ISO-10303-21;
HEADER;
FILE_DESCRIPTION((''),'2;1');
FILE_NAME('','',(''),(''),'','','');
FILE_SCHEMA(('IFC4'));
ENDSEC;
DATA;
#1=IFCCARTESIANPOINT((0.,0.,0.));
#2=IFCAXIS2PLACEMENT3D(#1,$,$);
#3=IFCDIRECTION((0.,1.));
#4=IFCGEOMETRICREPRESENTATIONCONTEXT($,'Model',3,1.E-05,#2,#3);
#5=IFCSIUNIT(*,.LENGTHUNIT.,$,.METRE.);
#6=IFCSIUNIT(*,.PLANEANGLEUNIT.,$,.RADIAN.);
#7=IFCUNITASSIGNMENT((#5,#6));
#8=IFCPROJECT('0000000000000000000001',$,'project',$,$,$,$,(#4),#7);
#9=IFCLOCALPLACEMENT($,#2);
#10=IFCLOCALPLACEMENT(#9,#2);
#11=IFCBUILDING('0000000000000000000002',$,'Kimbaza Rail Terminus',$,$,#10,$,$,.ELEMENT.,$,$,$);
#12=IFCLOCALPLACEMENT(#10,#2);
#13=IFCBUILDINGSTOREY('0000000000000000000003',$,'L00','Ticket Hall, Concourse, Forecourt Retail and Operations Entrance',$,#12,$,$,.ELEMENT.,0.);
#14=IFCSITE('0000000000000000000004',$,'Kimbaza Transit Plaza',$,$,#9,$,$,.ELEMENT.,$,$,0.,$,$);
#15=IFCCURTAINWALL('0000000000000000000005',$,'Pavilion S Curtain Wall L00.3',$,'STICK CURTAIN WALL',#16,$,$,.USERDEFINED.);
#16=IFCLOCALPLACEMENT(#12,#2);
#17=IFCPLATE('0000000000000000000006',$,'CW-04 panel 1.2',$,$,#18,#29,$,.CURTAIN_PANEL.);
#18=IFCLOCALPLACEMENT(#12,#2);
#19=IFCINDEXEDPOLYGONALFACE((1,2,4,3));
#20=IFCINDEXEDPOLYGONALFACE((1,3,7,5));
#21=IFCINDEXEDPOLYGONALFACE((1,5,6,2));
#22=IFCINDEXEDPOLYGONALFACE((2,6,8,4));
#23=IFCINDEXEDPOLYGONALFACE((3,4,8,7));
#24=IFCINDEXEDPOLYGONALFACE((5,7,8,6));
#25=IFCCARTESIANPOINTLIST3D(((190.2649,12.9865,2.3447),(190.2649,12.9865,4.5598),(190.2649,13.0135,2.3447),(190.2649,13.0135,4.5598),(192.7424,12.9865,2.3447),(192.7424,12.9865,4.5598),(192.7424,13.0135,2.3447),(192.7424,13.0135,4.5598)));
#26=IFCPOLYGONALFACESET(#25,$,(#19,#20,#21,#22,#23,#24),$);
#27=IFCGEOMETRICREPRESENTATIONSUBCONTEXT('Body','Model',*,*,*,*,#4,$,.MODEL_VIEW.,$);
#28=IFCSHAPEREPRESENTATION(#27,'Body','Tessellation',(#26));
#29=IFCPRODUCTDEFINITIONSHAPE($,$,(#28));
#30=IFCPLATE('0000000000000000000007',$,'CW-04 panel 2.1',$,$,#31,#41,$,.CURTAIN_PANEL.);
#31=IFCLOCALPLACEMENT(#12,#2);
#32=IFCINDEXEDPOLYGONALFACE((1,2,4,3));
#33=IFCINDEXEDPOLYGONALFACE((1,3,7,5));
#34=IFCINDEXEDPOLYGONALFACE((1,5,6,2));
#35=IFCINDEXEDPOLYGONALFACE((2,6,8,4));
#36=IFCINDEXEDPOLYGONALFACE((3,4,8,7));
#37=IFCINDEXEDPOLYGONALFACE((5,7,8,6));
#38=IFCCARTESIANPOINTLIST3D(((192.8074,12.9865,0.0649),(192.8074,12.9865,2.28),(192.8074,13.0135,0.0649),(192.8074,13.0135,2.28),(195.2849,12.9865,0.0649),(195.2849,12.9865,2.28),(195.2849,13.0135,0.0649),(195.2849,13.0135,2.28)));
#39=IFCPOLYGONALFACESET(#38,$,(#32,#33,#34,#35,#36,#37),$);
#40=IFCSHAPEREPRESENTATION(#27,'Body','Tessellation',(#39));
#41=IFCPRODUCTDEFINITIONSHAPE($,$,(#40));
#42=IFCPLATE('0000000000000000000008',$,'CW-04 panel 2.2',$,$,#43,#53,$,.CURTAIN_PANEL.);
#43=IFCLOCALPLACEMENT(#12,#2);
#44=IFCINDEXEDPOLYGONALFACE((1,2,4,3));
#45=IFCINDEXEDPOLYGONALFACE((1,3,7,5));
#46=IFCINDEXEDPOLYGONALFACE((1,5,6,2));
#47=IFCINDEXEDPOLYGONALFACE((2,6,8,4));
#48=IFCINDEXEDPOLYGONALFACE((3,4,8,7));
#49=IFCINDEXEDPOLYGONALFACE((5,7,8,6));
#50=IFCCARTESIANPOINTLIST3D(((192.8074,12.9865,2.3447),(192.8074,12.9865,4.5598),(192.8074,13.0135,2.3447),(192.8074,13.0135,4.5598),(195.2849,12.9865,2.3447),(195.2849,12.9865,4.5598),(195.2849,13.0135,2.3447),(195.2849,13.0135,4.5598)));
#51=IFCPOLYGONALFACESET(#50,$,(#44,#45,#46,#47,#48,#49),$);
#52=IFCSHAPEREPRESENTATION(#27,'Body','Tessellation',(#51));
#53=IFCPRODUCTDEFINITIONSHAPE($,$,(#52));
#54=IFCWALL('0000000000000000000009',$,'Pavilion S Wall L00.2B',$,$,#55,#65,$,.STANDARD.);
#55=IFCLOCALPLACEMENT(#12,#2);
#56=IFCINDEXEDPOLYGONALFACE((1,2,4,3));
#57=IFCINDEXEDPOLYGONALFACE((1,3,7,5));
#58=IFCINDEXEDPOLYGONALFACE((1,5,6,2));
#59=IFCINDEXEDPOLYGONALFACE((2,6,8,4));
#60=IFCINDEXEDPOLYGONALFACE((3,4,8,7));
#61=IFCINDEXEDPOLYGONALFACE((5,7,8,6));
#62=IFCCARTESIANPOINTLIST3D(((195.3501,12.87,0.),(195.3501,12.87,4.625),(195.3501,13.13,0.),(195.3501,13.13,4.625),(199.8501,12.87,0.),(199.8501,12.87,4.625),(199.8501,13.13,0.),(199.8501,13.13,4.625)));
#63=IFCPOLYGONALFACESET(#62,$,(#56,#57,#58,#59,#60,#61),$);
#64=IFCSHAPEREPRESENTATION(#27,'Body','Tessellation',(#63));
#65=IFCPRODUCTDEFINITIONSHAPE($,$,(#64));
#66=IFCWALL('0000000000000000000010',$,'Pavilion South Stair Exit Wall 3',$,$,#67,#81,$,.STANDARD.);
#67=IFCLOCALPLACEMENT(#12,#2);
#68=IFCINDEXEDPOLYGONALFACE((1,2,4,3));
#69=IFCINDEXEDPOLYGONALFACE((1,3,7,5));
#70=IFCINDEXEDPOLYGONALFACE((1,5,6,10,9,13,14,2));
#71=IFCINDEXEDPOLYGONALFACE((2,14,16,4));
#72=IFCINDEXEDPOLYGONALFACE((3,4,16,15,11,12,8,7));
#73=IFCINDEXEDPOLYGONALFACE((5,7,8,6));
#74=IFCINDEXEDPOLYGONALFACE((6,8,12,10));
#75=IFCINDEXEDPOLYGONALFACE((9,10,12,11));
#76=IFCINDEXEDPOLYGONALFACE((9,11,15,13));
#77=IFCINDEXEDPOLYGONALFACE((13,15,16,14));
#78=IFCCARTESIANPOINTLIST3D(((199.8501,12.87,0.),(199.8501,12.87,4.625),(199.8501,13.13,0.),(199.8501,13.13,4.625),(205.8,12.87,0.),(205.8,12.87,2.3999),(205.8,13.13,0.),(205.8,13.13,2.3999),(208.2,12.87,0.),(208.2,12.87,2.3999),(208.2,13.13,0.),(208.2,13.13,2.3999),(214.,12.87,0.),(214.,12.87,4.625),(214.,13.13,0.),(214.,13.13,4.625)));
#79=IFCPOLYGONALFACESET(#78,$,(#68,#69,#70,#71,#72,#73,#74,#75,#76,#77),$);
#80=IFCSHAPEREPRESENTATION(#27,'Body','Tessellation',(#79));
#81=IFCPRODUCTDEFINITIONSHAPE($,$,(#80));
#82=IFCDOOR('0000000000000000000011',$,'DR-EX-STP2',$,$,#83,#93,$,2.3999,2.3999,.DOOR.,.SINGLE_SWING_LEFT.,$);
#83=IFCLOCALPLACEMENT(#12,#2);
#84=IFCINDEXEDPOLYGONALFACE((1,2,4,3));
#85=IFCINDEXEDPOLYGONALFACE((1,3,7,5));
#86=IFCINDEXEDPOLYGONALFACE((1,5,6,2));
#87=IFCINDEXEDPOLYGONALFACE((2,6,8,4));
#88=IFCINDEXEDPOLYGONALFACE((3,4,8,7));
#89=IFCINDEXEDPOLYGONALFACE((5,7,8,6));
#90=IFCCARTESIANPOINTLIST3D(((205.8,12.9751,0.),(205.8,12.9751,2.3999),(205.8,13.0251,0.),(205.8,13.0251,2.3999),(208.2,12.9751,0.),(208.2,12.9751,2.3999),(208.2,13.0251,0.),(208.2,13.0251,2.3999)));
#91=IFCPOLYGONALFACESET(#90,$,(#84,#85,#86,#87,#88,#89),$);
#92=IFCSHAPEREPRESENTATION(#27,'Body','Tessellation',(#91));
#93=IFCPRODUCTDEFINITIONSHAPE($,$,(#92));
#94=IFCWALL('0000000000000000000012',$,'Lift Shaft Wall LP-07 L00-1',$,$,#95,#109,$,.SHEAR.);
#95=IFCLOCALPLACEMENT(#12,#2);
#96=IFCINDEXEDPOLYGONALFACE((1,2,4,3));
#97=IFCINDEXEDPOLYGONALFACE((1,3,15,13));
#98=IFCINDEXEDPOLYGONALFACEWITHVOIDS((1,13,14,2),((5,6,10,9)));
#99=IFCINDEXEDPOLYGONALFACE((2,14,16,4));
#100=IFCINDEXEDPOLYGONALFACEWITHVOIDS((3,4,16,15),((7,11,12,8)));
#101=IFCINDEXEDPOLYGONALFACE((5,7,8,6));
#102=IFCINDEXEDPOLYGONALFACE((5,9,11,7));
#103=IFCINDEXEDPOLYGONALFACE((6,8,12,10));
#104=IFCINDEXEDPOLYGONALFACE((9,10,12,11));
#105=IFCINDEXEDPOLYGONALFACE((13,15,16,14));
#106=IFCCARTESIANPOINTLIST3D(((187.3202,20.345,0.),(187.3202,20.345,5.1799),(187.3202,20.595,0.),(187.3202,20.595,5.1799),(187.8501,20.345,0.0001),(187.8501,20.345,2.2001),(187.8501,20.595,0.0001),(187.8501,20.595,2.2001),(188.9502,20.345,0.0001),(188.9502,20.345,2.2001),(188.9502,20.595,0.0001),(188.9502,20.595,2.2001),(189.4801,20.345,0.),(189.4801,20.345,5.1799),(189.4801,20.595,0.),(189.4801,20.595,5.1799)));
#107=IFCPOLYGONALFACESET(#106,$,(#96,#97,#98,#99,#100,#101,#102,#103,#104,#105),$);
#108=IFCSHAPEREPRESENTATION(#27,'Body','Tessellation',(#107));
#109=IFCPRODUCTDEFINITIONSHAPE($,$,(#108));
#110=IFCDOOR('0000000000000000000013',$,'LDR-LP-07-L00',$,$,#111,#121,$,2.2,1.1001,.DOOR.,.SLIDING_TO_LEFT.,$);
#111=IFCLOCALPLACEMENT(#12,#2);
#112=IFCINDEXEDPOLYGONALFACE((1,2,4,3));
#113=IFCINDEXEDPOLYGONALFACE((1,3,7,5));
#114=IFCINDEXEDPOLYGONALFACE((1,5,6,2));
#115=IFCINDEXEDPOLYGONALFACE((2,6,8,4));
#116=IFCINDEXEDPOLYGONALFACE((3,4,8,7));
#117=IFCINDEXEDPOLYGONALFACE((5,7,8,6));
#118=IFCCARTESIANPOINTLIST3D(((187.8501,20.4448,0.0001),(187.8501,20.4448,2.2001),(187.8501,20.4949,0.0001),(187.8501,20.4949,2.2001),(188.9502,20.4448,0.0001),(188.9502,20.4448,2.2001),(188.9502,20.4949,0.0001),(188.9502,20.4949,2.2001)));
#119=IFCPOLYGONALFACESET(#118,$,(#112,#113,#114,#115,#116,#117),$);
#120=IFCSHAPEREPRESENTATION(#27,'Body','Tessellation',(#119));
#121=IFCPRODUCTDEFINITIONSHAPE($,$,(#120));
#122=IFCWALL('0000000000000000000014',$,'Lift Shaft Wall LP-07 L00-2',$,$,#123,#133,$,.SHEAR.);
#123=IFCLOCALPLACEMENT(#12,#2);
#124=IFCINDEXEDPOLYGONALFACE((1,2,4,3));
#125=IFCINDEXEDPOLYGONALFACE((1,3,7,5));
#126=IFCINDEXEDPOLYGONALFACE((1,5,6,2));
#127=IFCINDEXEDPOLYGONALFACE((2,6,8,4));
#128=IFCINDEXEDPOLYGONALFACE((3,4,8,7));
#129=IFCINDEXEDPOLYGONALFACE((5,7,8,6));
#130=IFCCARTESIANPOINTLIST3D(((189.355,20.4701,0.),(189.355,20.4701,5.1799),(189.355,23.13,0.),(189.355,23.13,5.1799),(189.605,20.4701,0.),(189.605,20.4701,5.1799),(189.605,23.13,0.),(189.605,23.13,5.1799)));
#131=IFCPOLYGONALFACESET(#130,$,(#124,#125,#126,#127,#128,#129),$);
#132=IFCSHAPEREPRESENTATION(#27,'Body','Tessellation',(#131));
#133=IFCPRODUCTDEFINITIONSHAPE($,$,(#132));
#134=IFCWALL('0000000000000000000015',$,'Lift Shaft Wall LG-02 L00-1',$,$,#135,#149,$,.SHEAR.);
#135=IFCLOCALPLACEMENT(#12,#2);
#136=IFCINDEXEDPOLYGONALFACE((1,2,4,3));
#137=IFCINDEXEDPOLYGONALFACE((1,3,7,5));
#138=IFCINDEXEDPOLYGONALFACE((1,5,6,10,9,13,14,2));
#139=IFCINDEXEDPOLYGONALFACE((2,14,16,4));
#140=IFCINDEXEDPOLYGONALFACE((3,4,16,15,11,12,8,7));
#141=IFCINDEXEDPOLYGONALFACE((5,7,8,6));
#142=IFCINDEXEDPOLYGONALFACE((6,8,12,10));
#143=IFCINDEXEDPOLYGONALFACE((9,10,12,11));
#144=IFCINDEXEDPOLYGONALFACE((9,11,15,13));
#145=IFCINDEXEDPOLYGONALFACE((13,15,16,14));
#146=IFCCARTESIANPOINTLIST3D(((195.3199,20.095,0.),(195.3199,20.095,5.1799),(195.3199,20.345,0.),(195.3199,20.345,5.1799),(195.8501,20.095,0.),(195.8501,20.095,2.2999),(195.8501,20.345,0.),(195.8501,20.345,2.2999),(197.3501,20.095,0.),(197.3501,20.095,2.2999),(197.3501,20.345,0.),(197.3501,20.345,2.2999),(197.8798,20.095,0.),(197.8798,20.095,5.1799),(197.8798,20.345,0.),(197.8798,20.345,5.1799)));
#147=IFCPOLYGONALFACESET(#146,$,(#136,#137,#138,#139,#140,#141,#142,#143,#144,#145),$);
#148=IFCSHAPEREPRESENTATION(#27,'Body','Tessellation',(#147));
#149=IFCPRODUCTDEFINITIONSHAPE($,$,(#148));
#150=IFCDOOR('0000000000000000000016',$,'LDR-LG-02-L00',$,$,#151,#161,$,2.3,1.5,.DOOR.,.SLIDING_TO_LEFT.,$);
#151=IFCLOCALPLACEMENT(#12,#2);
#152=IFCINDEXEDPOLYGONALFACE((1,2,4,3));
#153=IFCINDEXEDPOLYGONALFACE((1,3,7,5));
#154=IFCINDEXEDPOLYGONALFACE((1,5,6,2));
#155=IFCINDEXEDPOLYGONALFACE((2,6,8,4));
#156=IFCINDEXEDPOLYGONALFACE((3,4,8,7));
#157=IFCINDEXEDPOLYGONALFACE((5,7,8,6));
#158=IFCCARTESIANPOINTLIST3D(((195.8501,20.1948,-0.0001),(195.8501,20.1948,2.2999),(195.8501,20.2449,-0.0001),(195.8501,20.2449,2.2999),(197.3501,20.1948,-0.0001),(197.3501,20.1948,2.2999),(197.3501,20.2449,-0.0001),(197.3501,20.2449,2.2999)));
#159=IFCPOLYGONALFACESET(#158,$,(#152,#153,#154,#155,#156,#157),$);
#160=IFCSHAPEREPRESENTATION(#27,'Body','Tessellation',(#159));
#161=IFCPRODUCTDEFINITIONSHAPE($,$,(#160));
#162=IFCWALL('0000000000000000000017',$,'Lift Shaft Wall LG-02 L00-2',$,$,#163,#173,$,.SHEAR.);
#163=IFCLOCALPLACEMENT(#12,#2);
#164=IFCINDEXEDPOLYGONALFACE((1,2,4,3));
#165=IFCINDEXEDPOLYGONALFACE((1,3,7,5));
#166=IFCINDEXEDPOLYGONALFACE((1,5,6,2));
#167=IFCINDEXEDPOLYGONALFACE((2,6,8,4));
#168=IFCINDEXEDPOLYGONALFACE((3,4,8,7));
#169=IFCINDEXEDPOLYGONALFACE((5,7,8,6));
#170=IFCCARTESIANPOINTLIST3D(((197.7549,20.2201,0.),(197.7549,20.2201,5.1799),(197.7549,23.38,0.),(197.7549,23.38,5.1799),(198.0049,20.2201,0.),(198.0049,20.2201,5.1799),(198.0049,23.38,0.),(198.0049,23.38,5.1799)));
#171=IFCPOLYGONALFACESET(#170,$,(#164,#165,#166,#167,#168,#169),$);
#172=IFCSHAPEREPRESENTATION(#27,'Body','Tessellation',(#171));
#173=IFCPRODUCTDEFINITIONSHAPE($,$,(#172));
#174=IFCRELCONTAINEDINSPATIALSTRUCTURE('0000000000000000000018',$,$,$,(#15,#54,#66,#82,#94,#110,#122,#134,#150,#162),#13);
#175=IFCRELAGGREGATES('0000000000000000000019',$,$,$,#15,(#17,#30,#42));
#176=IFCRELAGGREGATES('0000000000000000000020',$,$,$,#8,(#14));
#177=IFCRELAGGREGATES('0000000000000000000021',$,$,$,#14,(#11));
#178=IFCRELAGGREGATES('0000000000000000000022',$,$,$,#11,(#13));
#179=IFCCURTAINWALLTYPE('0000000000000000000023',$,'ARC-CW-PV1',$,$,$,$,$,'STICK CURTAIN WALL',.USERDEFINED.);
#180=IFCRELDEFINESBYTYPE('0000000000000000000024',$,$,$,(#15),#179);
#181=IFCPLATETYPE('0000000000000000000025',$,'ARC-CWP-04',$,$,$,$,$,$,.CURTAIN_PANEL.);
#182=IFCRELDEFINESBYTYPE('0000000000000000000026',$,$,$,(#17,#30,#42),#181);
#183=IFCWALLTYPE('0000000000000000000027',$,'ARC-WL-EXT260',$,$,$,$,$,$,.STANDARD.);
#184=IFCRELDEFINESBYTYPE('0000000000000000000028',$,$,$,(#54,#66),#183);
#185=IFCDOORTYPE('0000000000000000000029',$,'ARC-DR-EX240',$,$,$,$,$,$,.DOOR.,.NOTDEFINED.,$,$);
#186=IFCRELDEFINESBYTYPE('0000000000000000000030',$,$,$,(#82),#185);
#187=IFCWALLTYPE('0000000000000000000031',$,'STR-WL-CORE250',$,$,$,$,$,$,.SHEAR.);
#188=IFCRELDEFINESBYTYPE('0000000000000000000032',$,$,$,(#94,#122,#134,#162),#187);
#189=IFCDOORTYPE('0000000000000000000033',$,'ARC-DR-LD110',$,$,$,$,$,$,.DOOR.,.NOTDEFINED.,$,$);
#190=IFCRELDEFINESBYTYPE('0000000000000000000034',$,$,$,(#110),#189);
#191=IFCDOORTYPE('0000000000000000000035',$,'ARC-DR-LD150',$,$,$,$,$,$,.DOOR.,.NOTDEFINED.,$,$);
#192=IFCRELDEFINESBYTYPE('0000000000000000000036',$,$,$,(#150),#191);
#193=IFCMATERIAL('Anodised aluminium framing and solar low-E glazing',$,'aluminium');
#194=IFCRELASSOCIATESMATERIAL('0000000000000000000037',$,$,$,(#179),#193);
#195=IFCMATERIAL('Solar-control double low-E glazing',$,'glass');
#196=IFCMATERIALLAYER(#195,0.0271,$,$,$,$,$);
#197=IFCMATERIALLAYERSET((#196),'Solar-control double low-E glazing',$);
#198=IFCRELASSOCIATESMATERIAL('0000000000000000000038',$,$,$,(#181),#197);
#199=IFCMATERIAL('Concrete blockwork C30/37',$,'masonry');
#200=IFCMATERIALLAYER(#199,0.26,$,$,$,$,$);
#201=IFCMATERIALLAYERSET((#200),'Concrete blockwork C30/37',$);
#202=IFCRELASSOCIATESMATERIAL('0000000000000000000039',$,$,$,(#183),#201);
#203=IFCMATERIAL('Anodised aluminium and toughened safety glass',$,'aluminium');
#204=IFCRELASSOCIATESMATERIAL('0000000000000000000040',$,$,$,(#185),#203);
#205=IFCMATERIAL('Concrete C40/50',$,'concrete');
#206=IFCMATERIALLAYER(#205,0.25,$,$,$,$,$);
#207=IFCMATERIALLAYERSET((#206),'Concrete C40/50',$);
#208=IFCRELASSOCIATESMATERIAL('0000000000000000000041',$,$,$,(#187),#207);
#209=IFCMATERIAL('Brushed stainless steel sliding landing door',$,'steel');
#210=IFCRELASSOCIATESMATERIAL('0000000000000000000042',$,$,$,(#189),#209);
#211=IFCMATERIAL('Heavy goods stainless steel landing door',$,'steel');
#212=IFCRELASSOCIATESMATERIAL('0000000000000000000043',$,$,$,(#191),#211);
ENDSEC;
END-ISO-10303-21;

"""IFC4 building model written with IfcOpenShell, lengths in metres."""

from ifc_helpers import new_model, si_unit, direction, frame, frame_2d, origin, origin_2d, place, context, subcontext, project, spatial, rectangle, extrude, material, layer, layer_set, type_object, element, fill, aggregate, save


model = new_model("IFC4")

# Units and contexts
model_context = context("Model", 3, precision=1e-05, world=origin(), true_north=direction((0.0, 1.0)))
body_context = subcontext(model_context, "Body", "Model", "MODEL_VIEW")
ifc_project = project(units=[si_unit("LENGTHUNIT", "METRE"), si_unit("PLANEANGLEUNIT", "RADIAN")], contexts=[model_context])

# Site, building, storey
site_placement = place(None, origin())
site = spatial("IfcSite", under=ifc_project, at=site_placement, Name="Kimbaza Transit Plaza", CompositionType="ELEMENT", RefElevation=0.0)
building_placement = place(site_placement, origin())
building = spatial("IfcBuilding", under=site, at=building_placement, Name="Kimbaza Rail Terminus", CompositionType="ELEMENT")
storey_placement = place(building_placement, origin())
storey = spatial("IfcBuildingStorey", under=building, at=storey_placement, Name="L00", Description="Ticket Hall, Concourse, Forecourt Retail and Operations Entrance", CompositionType="ELEMENT", Elevation=0.0)

# Curtain wall, plates
ifc_material_1 = material(Name="Anodised aluminium framing and solar low-E glazing", Category="aluminium")
curtain_wall_type = type_object("IfcCurtainWallType", Name="ARC-CW-PV1", ElementType="STICK CURTAIN WALL", PredefinedType="USERDEFINED", material=ifc_material_1)
curtain_wall_placement = place(storey_placement, origin())
curtain_wall = element("IfcCurtainWall", 1, at=curtain_wall_placement, inside=storey, type_object=curtain_wall_type, Name="Pavilion S Curtain Wall L00.3", ObjectType="STICK CURTAIN WALL", PredefinedType="USERDEFINED")
ifc_material_2 = material(Name="Solar-control double low-E glazing", Category="glass")
ifc_layer_1 = layer(ifc_material_2, 0.0271)
ifc_layer_set_1 = layer_set([ifc_layer_1], Name="Solar-control double low-E glazing")
plate_type = type_object("IfcPlateType", Name="ARC-CWP-04", PredefinedType="CURTAIN_PANEL", material=ifc_layer_set_1)
plate_1_placement = place(storey_placement, frame((191.5037, 13.0, 2.3447), z_axis=(0.0, 0.0, 1.0), x_axis=(1.0, 0.0, 0.0)))
plate_1 = element("IfcPlate", 2, at=plate_1_placement, type_object=plate_type, Name="CW-04 panel 1.2", PredefinedType="CURTAIN_PANEL", context=body_context, shape_type="SweptSolid", body=[
    extrude(rectangle(XDim=2.4775, YDim=0.0271, at=origin_2d()), origin(), (0.0, 0.0, 1.0), 2.2151),
])
plate_2_placement = place(storey_placement, frame((194.0461, 13.0, 0.0649), z_axis=(0.0, 0.0, 1.0), x_axis=(1.0, 0.0, 0.0)))
plate_2 = element("IfcPlate", 3, at=plate_2_placement, type_object=plate_type, Name="CW-04 panel 2.1", PredefinedType="CURTAIN_PANEL", context=body_context, shape_type="SweptSolid", body=[
    extrude(rectangle(XDim=2.4775, YDim=0.0271, at=origin_2d()), origin(), (0.0, 0.0, 1.0), 2.2151),
])
plate_3_placement = place(storey_placement, frame((194.0461, 13.0, 2.3447), z_axis=(0.0, 0.0, 1.0), x_axis=(1.0, 0.0, 0.0)))
plate_3 = element("IfcPlate", 4, at=plate_3_placement, type_object=plate_type, Name="CW-04 panel 2.2", PredefinedType="CURTAIN_PANEL", context=body_context, shape_type="SweptSolid", body=[
    extrude(rectangle(XDim=2.4775, YDim=0.0271, at=origin_2d()), origin(), (0.0, 0.0, 1.0), 2.2151),
])
aggregate(curtain_wall, [plate_1, plate_2, plate_3])

# Wall
ifc_material_3 = material(Name="Concrete blockwork C30/37", Category="masonry")
ifc_layer_2 = layer(ifc_material_3, 0.26)
ifc_layer_set_2 = layer_set([ifc_layer_2], Name="Concrete blockwork C30/37")
wall_type_1 = type_object("IfcWallType", Name="ARC-WL-EXT260", PredefinedType="STANDARD", material=ifc_layer_set_2)
wall_1_placement = place(storey_placement, frame((195.3501, 13.0, 0.0), z_axis=(0.0, 0.0, 1.0), x_axis=(1.0, 0.0, 0.0)))
element("IfcWall", 5, at=wall_1_placement, inside=storey, type_object=wall_type_1, Name="Pavilion S Wall L00.2B", PredefinedType="STANDARD", context=body_context, shape_type="SweptSolid", body=[
    extrude(rectangle(XDim=4.5, YDim=0.26, at=frame_2d((2.25, 0.0))), origin(), (0.0, 0.0, 1.0), 4.625),
])

# Walls, openings, doors
wall_2_placement = place(storey_placement, frame((199.8501, 13.0, 0.0), z_axis=(0.0, 0.0, 1.0), x_axis=(1.0, 0.0, 0.0)))
wall_2 = element("IfcWall", 6, at=wall_2_placement, inside=storey, type_object=wall_type_1, Name="Pavilion South Stair Exit Wall 3", PredefinedType="STANDARD", context=body_context, shape_type="SweptSolid", body=[
    extrude(rectangle(XDim=14.1499, YDim=0.26, at=frame_2d((7.075, 0.0))), origin(), (0.0, 0.0, 1.0), 4.625),
])
opening_1_placement = place(wall_2_placement, frame((8.3499, 0.0, 0.0), z_axis=(0.0, 0.0, 1.0), x_axis=(-1.0, 0.0, 0.0)))
opening_1 = element("IfcOpeningElement", 7, at=opening_1_placement, cuts=wall_2, PredefinedType="OPENING", context=body_context, shape_type="SweptSolid", body=[
    extrude(rectangle(XDim=2.3999, YDim=2.3999, at=frame_2d((1.2, 1.2))), frame((0.0, 0.1399, 0.0), z_axis=(0.0, -1.0, 0.0), x_axis=(1.0, 0.0, 0.0)), (0.0, 0.0, 1.0), 0.28),
])
ifc_material_4 = material(Name="Anodised aluminium and toughened safety glass", Category="aluminium")
door_type_1 = type_object("IfcDoorType", Name="ARC-DR-EX240", OperationType="NOTDEFINED", PredefinedType="DOOR", material=ifc_material_4)
door_1_placement = place(opening_1_placement, origin())
door_1 = element("IfcDoor", 8, at=door_1_placement, inside=storey, type_object=door_type_1, Name="DR-EX-STP2", OperationType="SINGLE_SWING_LEFT", OverallHeight=2.3999, OverallWidth=2.3999, PredefinedType="DOOR", context=body_context, shape_type="SweptSolid", body=[
    extrude(rectangle(XDim=2.3999, YDim=2.3999, at=frame_2d((1.2, 1.2))), frame((0.0, 0.0249, 0.0), z_axis=(0.0, -1.0, 0.0), x_axis=(1.0, 0.0, 0.0)), (0.0, 0.0, 1.0), 0.05),
])
fill(opening_1, door_1)
ifc_material_5 = material(Name="Concrete C40/50", Category="concrete")
ifc_layer_3 = layer(ifc_material_5, 0.25)
ifc_layer_set_3 = layer_set([ifc_layer_3], Name="Concrete C40/50")
wall_type_2 = type_object("IfcWallType", Name="STR-WL-CORE250", PredefinedType="SHEAR", material=ifc_layer_set_3)
wall_3_placement = place(storey_placement, frame((187.3201, 20.47, 0.0), z_axis=(0.0, 0.0, 1.0), x_axis=(1.0, 0.0, 0.0)))
wall_3 = element("IfcWall", 9, at=wall_3_placement, inside=storey, type_object=wall_type_2, Name="Lift Shaft Wall LP-07 L00-1", PredefinedType="SHEAR", context=body_context, shape_type="SweptSolid", body=[
    extrude(rectangle(XDim=2.1599, YDim=0.25, at=frame_2d((1.0801, 0.0))), origin(), (0.0, 0.0, 1.0), 5.1799),
])
opening_2_placement = place(wall_3_placement, frame((0.53, 0.0, 0.0)))
opening_2 = element("IfcOpeningElement", 10, at=opening_2_placement, cuts=wall_3, PredefinedType="OPENING", context=body_context, shape_type="SweptSolid", body=[
    extrude(rectangle(XDim=1.1001, YDim=2.2, at=frame_2d((0.55, 1.1001))), frame((0.0, 0.135, 0.0), z_axis=(0.0, -1.0, 0.0), x_axis=(1.0, 0.0, 0.0)), (0.0, 0.0, 1.0), 0.27),
])
ifc_material_6 = material(Name="Brushed stainless steel sliding landing door", Category="steel")
door_type_2 = type_object("IfcDoorType", Name="ARC-DR-LD110", OperationType="NOTDEFINED", PredefinedType="DOOR", material=ifc_material_6)
door_2_placement = place(opening_2_placement, origin())
door_2 = element("IfcDoor", 11, at=door_2_placement, inside=storey, type_object=door_type_2, Name="LDR-LP-07-L00", OperationType="SLIDING_TO_LEFT", OverallHeight=2.2, OverallWidth=1.1001, PredefinedType="DOOR", context=body_context, shape_type="SweptSolid", body=[
    extrude(rectangle(XDim=1.1001, YDim=2.2, at=frame_2d((0.55, 1.1001))), frame((0.0, 0.0249, 0.0), z_axis=(0.0, -1.0, 0.0), x_axis=(1.0, 0.0, 0.0)), (0.0, 0.0, 1.0), 0.05),
])
fill(opening_2, door_2)

# Wall
wall_4_placement = place(storey_placement, frame((189.48, 20.47, 0.0), z_axis=(0.0, 0.0, 1.0), x_axis=(0.0, 1.0, 0.0)))
element("IfcWall", 12, at=wall_4_placement, inside=storey, type_object=wall_type_2, Name="Lift Shaft Wall LP-07 L00-2", PredefinedType="SHEAR", context=body_context, shape_type="SweptSolid", body=[
    extrude(rectangle(XDim=2.6599, YDim=0.25, at=frame_2d((1.3301, 0.0))), origin(), (0.0, 0.0, 1.0), 5.1799),
])

# Wall, opening, door
wall_5_placement = place(storey_placement, frame((195.3201, 20.22, 0.0), z_axis=(0.0, 0.0, 1.0), x_axis=(1.0, 0.0, 0.0)))
wall_5 = element("IfcWall", 13, at=wall_5_placement, inside=storey, type_object=wall_type_2, Name="Lift Shaft Wall LG-02 L00-1", PredefinedType="SHEAR", context=body_context, shape_type="SweptSolid", body=[
    extrude(rectangle(XDim=2.5598, YDim=0.25, at=frame_2d((1.2798, 0.0))), origin(), (0.0, 0.0, 1.0), 5.1799),
])
opening_3_placement = place(wall_5_placement, frame((0.53, 0.0, 0.0)))
opening_3 = element("IfcOpeningElement", 14, at=opening_3_placement, cuts=wall_5, PredefinedType="OPENING", context=body_context, shape_type="SweptSolid", body=[
    extrude(rectangle(XDim=1.5, YDim=2.3, at=frame_2d((0.75, 1.1499))), frame((0.0, 0.135, 0.0), z_axis=(0.0, -1.0, 0.0), x_axis=(1.0, 0.0, 0.0)), (0.0, 0.0, 1.0), 0.27),
])
ifc_material_7 = material(Name="Heavy goods stainless steel landing door", Category="steel")
door_type_3 = type_object("IfcDoorType", Name="ARC-DR-LD150", OperationType="NOTDEFINED", PredefinedType="DOOR", material=ifc_material_7)
door_3_placement = place(opening_3_placement, origin())
door_3 = element("IfcDoor", 15, at=door_3_placement, inside=storey, type_object=door_type_3, Name="LDR-LG-02-L00", OperationType="SLIDING_TO_LEFT", OverallHeight=2.3, OverallWidth=1.5, PredefinedType="DOOR", context=body_context, shape_type="SweptSolid", body=[
    extrude(rectangle(XDim=1.5, YDim=2.3, at=frame_2d((0.75, 1.1499))), frame((0.0, 0.0249, 0.0), z_axis=(0.0, -1.0, 0.0), x_axis=(1.0, 0.0, 0.0)), (0.0, 0.0, 1.0), 0.05),
])
fill(opening_3, door_3)

# Wall
wall_6_placement = place(storey_placement, frame((197.8799, 20.22, 0.0), z_axis=(0.0, 0.0, 1.0), x_axis=(0.0, 1.0, 0.0)))
element("IfcWall", 16, at=wall_6_placement, inside=storey, type_object=wall_type_2, Name="Lift Shaft Wall LG-02 L00-2", PredefinedType="SHEAR", context=body_context, shape_type="SweptSolid", body=[
    extrude(rectangle(XDim=3.1599, YDim=0.25, at=frame_2d((1.5801, 0.0))), origin(), (0.0, 0.0, 1.0), 5.1799),
])

save(model, "model.ifc")
